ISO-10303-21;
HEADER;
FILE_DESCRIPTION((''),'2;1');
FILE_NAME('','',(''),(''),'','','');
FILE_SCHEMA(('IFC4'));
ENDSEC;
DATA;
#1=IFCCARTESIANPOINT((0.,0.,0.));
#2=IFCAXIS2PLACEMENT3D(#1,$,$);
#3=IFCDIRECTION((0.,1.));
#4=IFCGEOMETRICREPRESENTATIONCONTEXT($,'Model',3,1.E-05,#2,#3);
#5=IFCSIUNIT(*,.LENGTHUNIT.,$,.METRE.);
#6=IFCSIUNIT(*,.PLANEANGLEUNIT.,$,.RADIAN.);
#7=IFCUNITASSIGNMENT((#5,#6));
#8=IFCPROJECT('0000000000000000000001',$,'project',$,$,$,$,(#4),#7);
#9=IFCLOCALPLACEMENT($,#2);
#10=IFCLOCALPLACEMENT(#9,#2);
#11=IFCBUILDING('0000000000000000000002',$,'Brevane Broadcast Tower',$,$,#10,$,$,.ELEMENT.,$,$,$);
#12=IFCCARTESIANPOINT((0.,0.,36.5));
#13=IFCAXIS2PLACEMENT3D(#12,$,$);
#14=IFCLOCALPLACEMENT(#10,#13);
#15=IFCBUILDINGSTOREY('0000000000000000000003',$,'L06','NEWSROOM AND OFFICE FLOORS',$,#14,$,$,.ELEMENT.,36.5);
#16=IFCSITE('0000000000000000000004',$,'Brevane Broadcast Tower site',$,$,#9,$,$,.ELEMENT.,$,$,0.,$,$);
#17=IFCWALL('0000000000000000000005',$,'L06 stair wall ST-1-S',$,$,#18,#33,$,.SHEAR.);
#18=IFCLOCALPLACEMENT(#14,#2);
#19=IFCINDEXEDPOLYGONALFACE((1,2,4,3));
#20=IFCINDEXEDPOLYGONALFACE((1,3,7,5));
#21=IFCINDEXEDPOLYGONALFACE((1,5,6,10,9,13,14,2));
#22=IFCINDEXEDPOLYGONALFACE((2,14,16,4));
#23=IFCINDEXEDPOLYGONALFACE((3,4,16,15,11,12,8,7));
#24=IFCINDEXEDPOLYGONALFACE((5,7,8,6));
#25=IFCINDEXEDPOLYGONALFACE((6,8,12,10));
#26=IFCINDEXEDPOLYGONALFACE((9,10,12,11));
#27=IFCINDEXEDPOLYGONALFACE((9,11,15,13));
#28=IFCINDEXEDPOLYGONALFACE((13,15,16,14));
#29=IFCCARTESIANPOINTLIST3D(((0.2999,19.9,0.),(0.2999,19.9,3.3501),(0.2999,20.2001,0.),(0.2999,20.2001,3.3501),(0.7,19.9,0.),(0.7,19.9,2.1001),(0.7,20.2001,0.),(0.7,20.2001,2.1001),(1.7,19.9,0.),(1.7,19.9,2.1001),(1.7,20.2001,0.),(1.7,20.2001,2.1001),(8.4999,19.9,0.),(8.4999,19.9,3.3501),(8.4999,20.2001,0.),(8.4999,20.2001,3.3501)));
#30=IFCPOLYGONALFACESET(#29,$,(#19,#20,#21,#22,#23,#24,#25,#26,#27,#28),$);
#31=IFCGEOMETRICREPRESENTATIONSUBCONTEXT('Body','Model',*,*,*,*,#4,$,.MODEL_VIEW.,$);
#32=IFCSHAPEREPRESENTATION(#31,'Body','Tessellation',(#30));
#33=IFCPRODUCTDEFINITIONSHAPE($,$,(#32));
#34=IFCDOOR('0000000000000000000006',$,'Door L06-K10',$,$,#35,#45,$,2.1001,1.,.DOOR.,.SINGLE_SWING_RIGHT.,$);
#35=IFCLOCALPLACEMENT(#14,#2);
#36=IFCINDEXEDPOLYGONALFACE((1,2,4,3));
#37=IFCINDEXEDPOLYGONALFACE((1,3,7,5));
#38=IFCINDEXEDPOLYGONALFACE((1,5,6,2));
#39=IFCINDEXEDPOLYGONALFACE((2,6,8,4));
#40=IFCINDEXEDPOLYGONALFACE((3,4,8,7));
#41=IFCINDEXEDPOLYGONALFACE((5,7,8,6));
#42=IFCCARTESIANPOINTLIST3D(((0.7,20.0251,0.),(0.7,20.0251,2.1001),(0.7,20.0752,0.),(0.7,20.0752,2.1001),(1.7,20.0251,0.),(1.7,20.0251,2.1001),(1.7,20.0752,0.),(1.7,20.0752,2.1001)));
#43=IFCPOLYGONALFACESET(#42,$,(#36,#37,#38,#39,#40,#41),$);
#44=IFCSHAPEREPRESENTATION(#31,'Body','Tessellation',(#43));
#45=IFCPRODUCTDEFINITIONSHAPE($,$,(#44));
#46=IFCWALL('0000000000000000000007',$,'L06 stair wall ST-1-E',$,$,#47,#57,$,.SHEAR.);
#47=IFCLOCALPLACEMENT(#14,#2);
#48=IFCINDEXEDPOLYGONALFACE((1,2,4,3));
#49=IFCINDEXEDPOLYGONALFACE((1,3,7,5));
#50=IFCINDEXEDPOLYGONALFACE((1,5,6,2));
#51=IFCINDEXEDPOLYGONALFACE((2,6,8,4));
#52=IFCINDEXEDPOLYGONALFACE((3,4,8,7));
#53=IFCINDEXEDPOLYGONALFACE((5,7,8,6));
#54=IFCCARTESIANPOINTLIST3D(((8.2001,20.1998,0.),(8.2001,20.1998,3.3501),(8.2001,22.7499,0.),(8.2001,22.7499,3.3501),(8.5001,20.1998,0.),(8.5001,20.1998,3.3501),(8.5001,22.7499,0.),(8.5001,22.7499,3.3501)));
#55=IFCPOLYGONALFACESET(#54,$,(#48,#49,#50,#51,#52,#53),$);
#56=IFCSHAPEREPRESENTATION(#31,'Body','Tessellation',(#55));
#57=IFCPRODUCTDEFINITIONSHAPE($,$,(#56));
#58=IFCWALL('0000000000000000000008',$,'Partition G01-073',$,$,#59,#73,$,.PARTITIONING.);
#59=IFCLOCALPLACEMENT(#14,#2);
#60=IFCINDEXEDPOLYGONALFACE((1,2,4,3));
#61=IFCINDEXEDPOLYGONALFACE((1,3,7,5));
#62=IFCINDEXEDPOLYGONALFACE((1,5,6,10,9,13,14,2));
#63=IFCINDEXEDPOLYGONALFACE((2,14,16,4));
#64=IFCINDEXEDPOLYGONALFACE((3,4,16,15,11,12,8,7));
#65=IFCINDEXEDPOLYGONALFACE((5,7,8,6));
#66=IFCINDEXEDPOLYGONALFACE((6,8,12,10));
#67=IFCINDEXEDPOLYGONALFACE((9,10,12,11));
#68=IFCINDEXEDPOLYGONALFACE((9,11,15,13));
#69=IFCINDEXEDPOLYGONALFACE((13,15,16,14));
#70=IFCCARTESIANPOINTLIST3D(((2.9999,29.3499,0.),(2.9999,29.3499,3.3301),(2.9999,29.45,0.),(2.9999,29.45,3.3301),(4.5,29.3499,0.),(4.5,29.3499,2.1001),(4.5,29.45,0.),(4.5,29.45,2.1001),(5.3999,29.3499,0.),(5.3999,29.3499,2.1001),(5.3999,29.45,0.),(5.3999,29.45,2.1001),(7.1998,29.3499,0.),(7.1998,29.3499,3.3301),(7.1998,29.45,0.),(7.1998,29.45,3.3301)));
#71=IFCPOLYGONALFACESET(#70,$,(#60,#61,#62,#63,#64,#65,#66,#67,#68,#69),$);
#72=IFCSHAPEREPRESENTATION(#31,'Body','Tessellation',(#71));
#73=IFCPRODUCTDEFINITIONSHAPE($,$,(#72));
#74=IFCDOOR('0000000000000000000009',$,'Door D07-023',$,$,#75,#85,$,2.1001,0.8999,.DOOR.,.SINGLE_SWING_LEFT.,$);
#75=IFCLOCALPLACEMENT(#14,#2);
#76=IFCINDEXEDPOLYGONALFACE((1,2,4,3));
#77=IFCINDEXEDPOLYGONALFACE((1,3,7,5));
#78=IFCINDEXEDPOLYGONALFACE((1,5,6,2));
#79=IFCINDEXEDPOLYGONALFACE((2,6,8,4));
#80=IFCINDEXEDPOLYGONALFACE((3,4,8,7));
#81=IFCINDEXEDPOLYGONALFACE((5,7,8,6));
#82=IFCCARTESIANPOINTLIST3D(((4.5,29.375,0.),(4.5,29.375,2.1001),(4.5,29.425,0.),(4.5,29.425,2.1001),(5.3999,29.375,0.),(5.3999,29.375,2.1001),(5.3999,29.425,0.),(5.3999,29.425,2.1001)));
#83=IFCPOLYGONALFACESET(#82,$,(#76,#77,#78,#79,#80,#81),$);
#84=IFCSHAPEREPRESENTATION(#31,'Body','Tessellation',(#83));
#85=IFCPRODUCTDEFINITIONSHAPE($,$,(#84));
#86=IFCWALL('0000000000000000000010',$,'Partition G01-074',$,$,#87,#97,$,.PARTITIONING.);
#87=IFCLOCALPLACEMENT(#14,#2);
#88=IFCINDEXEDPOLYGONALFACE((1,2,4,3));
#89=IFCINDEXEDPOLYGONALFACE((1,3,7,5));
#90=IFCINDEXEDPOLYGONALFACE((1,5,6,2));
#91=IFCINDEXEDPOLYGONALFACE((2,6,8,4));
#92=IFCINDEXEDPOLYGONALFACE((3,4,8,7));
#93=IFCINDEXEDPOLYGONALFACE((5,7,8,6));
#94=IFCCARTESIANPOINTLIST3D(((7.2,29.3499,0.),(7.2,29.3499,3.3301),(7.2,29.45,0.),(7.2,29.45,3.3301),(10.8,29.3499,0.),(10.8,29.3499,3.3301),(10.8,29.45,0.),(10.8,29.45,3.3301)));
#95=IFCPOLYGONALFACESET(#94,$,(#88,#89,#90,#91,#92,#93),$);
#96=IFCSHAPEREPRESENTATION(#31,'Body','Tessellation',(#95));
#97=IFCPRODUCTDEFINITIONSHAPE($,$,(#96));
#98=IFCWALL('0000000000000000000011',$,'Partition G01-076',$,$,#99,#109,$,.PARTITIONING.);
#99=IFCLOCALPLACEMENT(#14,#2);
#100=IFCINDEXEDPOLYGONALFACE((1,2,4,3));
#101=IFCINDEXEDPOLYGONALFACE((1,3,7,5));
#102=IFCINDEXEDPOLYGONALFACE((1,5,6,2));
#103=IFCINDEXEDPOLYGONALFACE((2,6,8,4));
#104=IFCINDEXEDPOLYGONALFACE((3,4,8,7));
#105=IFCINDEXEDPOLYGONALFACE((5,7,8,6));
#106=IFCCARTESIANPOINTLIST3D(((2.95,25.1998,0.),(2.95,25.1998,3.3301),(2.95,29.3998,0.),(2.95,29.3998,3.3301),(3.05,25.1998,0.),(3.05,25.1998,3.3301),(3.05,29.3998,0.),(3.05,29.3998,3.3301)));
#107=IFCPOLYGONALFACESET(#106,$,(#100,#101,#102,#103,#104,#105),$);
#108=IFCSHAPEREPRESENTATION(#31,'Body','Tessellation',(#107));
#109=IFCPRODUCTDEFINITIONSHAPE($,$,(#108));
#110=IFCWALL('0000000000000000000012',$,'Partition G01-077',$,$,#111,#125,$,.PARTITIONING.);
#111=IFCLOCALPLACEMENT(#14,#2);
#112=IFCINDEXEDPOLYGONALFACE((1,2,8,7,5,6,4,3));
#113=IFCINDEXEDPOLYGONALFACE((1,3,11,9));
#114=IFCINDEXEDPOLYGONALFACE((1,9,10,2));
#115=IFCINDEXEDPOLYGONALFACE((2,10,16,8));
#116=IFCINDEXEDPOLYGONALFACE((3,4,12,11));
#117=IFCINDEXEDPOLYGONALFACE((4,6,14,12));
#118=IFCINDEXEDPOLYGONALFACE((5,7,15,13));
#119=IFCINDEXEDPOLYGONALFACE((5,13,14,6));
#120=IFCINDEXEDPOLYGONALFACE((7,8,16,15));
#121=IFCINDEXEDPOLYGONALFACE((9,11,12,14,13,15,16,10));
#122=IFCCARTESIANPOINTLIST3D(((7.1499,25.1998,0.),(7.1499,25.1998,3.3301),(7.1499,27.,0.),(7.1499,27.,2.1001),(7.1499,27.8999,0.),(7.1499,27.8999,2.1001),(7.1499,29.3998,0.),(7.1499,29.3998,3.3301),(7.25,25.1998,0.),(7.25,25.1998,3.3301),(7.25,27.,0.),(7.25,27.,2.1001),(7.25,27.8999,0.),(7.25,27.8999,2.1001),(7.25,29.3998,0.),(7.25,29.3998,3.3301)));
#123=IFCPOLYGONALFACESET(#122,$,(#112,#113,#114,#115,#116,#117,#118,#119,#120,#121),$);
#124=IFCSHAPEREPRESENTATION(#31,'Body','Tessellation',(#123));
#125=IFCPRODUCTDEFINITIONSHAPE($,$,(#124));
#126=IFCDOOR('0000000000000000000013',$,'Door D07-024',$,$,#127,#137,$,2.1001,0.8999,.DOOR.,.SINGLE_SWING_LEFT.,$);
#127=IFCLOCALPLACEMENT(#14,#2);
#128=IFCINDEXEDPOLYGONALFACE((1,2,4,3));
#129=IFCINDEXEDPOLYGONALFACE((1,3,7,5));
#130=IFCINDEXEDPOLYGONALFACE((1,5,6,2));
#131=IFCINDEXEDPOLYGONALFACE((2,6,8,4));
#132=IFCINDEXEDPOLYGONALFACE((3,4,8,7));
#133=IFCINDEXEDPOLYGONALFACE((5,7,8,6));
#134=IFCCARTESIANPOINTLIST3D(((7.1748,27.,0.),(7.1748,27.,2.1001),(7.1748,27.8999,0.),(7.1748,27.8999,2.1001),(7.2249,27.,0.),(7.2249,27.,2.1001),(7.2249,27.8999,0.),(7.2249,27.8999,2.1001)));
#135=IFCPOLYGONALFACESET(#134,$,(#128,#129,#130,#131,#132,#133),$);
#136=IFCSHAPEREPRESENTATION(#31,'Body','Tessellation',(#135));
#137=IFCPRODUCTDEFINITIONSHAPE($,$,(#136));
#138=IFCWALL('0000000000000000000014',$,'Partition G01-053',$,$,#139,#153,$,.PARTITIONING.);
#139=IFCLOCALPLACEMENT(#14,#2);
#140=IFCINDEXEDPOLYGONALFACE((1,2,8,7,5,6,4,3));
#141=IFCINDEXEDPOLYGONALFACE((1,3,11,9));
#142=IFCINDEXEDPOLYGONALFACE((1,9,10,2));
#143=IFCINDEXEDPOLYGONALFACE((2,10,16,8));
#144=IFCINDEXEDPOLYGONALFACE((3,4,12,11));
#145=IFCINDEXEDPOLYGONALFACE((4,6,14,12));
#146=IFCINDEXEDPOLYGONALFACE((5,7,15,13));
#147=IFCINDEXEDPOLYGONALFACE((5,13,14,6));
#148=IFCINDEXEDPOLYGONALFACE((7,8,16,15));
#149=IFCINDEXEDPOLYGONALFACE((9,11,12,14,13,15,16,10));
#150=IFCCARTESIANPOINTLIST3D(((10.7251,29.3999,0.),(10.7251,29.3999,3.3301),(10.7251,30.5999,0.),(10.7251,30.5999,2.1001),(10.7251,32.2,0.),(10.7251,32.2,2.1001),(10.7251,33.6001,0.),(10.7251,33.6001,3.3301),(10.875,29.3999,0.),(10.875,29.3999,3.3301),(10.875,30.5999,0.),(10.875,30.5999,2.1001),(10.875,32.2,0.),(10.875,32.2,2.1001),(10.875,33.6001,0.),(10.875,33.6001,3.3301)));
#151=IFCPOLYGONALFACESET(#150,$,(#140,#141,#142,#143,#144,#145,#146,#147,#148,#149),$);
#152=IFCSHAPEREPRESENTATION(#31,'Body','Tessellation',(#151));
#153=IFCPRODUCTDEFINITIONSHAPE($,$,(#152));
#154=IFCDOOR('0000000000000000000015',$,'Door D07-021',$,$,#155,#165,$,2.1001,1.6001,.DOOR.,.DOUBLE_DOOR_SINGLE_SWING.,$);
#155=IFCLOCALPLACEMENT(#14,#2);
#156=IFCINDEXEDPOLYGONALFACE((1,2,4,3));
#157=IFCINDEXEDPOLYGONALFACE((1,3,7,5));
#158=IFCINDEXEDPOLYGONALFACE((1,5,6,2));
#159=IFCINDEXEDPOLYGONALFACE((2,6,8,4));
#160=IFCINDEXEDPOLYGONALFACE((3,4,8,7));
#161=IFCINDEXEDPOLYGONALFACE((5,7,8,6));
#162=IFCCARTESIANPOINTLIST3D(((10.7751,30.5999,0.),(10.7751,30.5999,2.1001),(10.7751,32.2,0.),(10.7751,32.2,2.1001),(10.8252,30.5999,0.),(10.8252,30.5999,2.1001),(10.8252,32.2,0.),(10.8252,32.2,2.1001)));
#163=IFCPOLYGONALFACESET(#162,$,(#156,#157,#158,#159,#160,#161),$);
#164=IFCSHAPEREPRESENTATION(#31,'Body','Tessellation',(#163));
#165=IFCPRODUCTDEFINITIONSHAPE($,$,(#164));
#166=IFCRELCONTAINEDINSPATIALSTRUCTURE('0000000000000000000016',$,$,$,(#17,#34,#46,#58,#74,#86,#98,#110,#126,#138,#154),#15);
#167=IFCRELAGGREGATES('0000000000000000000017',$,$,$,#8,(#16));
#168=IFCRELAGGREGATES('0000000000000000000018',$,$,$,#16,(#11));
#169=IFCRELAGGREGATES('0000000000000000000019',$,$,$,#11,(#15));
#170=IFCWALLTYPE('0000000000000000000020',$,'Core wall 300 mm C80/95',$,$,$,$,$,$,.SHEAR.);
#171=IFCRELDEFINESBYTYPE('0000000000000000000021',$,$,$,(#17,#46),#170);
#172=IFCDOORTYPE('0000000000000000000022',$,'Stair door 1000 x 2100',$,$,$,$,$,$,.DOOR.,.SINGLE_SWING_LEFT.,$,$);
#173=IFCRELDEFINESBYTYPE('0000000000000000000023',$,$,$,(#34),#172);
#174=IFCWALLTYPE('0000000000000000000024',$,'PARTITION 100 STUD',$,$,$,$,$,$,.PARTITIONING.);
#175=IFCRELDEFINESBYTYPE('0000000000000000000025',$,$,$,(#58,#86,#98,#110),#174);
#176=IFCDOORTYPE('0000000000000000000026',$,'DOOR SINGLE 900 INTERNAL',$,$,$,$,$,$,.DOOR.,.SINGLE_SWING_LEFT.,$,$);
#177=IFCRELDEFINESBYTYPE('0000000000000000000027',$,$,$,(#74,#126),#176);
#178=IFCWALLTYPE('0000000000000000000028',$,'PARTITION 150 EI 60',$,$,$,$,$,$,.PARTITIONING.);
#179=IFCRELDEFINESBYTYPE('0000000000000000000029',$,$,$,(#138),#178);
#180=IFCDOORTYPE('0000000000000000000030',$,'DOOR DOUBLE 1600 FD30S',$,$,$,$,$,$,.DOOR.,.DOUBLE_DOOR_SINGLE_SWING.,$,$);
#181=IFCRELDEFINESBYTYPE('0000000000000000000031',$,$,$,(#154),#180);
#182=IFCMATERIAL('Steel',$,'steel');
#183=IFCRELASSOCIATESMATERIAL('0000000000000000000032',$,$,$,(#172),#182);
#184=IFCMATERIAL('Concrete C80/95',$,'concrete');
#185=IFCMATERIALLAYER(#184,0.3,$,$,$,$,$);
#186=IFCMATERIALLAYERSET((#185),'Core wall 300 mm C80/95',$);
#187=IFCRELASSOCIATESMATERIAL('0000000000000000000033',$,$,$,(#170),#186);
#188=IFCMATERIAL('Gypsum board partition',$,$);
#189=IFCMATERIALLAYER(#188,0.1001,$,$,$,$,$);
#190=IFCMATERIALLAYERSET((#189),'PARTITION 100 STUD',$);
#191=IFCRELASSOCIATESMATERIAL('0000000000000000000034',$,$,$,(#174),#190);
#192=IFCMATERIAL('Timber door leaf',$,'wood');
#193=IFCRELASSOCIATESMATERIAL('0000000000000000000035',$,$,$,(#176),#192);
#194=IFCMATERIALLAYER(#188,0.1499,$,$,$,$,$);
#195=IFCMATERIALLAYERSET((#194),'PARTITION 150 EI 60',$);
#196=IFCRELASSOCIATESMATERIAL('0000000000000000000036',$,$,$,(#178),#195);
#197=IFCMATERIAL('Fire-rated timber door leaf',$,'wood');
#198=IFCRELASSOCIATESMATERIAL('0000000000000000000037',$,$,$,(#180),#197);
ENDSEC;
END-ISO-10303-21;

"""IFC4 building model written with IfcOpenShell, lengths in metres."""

from ifc_helpers import new_model, si_unit, direction, frame, frame_2d, origin, place, context, subcontext, project, spatial, rectangle, extrude, material, layer, layer_set, type_object, element, fill, save


model = new_model("IFC4")

# Units and contexts
model_context = context("Model", 3, precision=1e-05, world=origin(), true_north=direction((0.0, 1.0)))
body_context = subcontext(model_context, "Body", "Model", "MODEL_VIEW")
ifc_project = project(units=[si_unit("LENGTHUNIT", "METRE"), si_unit("PLANEANGLEUNIT", "RADIAN")], contexts=[model_context])

# Site, building, storey
site_placement = place(None, origin())
site = spatial("IfcSite", under=ifc_project, at=site_placement, Name="Brevane Broadcast Tower site", CompositionType="ELEMENT", RefElevation=0.0)
building_placement = place(site_placement, origin())
building = spatial("IfcBuilding", under=site, at=building_placement, Name="Brevane Broadcast Tower", CompositionType="ELEMENT")
storey_placement = place(building_placement, frame((0.0, 0.0, 36.5)))
storey = spatial("IfcBuildingStorey", under=building, at=storey_placement, Name="L06", Description="NEWSROOM AND OFFICE FLOORS", CompositionType="ELEMENT", Elevation=36.5)

# Shared definitions
ifc_material_1 = material(Name="Concrete C80/95", Category="concrete")

# Wall, opening, door
ifc_material_2 = material(Name="Steel", Category="steel")
door_type_1 = type_object("IfcDoorType", Name="Stair door 1000 x 2100", OperationType="SINGLE_SWING_LEFT", PredefinedType="DOOR", material=ifc_material_2)
ifc_layer_1 = layer(ifc_material_1, 0.3)
ifc_layer_set_1 = layer_set([ifc_layer_1], Name="Core wall 300 mm C80/95")
wall_type_1 = type_object("IfcWallType", Name="Core wall 300 mm C80/95", PredefinedType="SHEAR", material=ifc_layer_set_1)
wall_1_placement = place(storey_placement, frame((8.5, 20.05, 0.0), z_axis=(0.0, 0.0, 1.0), x_axis=(-1.0, 0.0, 0.0)))
wall_1 = element("IfcWall", 1, at=wall_1_placement, inside=storey, type_object=wall_type_1, Name="L06 stair wall ST-1-S", PredefinedType="SHEAR", context=body_context, shape_type="SweptSolid", body=[
    extrude(rectangle(XDim=8.2, YDim=0.3, at=frame_2d((4.1001, 0.0))), origin(), (0.0, 0.0, 1.0), 3.3501),
])
opening_1_placement = place(wall_1_placement, frame((6.8, 0.0, 0.0)))
opening_1 = element("IfcOpeningElement", 2, at=opening_1_placement, cuts=wall_1, PredefinedType="OPENING", context=body_context, shape_type="SweptSolid", body=[
    extrude(rectangle(XDim=1.0, YDim=2.1001, at=frame_2d((0.5, 1.05))), frame((0.0, 0.1599, 0.0), z_axis=(0.0, -1.0, 0.0), x_axis=(1.0, 0.0, 0.0)), (0.0, 0.0, 1.0), 0.3201),
])
door_1_placement = place(opening_1_placement, origin())
door_1 = element("IfcDoor", 3, at=door_1_placement, inside=storey, type_object=door_type_1, Name="Door L06-K10", OperationType="SINGLE_SWING_RIGHT", OverallHeight=2.1001, OverallWidth=1.0, PredefinedType="DOOR", context=body_context, shape_type="SweptSolid", body=[
    extrude(rectangle(XDim=1.0, YDim=2.1001, at=frame_2d((0.5, 1.05))), frame((0.0, 0.0249, 0.0), z_axis=(0.0, -1.0, 0.0), x_axis=(1.0, 0.0, 0.0)), (0.0, 0.0, 1.0), 0.05),
])
fill(opening_1, door_1)

# Wall
wall_2_placement = place(storey_placement, frame((8.3501, 20.2, 0.0), z_axis=(0.0, 0.0, 1.0), x_axis=(0.0, 1.0, 0.0)))
element("IfcWall", 4, at=wall_2_placement, inside=storey, type_object=wall_type_1, Name="L06 stair wall ST-1-E", PredefinedType="SHEAR", context=body_context, shape_type="SweptSolid", body=[
    extrude(rectangle(XDim=2.55, YDim=0.3, at=frame_2d((1.2749, 0.0))), origin(), (0.0, 0.0, 1.0), 3.3501),
])

# Wall, opening, door
ifc_material_3 = material(Name="Gypsum board partition")
ifc_layer_2 = layer(ifc_material_3, 0.1001)
ifc_layer_set_2 = layer_set([ifc_layer_2], Name="PARTITION 100 STUD")
wall_type_2 = type_object("IfcWallType", Name="PARTITION 100 STUD", PredefinedType="PARTITIONING", material=ifc_layer_set_2)
wall_3_placement = place(storey_placement, frame((7.2, 29.3999, 0.0), z_axis=(0.0, 0.0, 1.0), x_axis=(-1.0, 0.0, 0.0)))
wall_3 = element("IfcWall", 5, at=wall_3_placement, inside=storey, type_object=wall_type_2, Name="Partition G01-073", PredefinedType="PARTITIONING", context=body_context, shape_type="SweptSolid", body=[
    extrude(rectangle(XDim=4.2, YDim=0.1001, at=frame_2d((2.1001, 0.0))), origin(), (0.0, 0.0, 1.0), 3.3301),
])
opening_2_placement = place(wall_3_placement, frame((1.8, 0.0, 0.0)))
opening_2 = element("IfcOpeningElement", 6, at=opening_2_placement, cuts=wall_3, PredefinedType="OPENING", context=body_context, shape_type="SweptSolid", body=[
    extrude(rectangle(XDim=0.8999, YDim=2.1001, at=frame_2d((0.45, 1.05))), frame((0.0, 0.0601, 0.0), z_axis=(0.0, -1.0, 0.0), x_axis=(1.0, 0.0, 0.0)), (0.0, 0.0, 1.0), 0.1201),
])
ifc_material_4 = material(Name="Timber door leaf", Category="wood")
door_type_2 = type_object("IfcDoorType", Name="DOOR SINGLE 900 INTERNAL", OperationType="SINGLE_SWING_LEFT", PredefinedType="DOOR", material=ifc_material_4)
door_2_placement = place(opening_2_placement, origin())
door_2 = element("IfcDoor", 7, at=door_2_placement, inside=storey, type_object=door_type_2, Name="Door D07-023", OperationType="SINGLE_SWING_LEFT", OverallHeight=2.1001, OverallWidth=0.8999, PredefinedType="DOOR", context=body_context, shape_type="SweptSolid", body=[
    extrude(rectangle(XDim=0.8999, YDim=2.1001, at=frame_2d((0.45, 1.05))), frame((0.0, 0.0249, 0.0), z_axis=(0.0, -1.0, 0.0), x_axis=(1.0, 0.0, 0.0)), (0.0, 0.0, 1.0), 0.05),
])
fill(opening_2, door_2)

# Walls
wall_4_placement = place(storey_placement, frame((10.8, 29.3999, 0.0), z_axis=(0.0, 0.0, 1.0), x_axis=(-1.0, 0.0, 0.0)))
element("IfcWall", 8, at=wall_4_placement, inside=storey, type_object=wall_type_2, Name="Partition G01-074", PredefinedType="PARTITIONING", context=body_context, shape_type="SweptSolid", body=[
    extrude(rectangle(XDim=3.6001, YDim=0.1001, at=frame_2d((1.8, 0.0))), origin(), (0.0, 0.0, 1.0), 3.3301),
])
wall_5_placement = place(storey_placement, frame((3.0, 29.3999, 0.0), z_axis=(0.0, 0.0, 1.0), x_axis=(0.0, -1.0, 0.0)))
element("IfcWall", 9, at=wall_5_placement, inside=storey, type_object=wall_type_2, Name="Partition G01-076", PredefinedType="PARTITIONING", context=body_context, shape_type="SweptSolid", body=[
    extrude(rectangle(XDim=4.2, YDim=0.1001, at=frame_2d((2.1001, 0.0))), origin(), (0.0, 0.0, 1.0), 3.3301),
])

# Walls, openings, doors
wall_6_placement = place(storey_placement, frame((7.2, 29.3999, 0.0), z_axis=(0.0, 0.0, 1.0), x_axis=(0.0, -1.0, 0.0)))
wall_6 = element("IfcWall", 10, at=wall_6_placement, inside=storey, type_object=wall_type_2, Name="Partition G01-077", PredefinedType="PARTITIONING", context=body_context, shape_type="SweptSolid", body=[
    extrude(rectangle(XDim=4.2, YDim=0.1001, at=frame_2d((2.1001, 0.0))), origin(), (0.0, 0.0, 1.0), 3.3301),
])
opening_3_placement = place(wall_6_placement, frame((1.5, 0.0, 0.0)))
opening_3 = element("IfcOpeningElement", 11, at=opening_3_placement, cuts=wall_6, PredefinedType="OPENING", context=body_context, shape_type="SweptSolid", body=[
    extrude(rectangle(XDim=0.8999, YDim=2.1001, at=frame_2d((0.45, 1.05))), frame((0.0, 0.0601, 0.0), z_axis=(0.0, -1.0, 0.0), x_axis=(1.0, 0.0, 0.0)), (0.0, 0.0, 1.0), 0.1201),
])
door_3_placement = place(opening_3_placement, origin())
door_3 = element("IfcDoor", 12, at=door_3_placement, inside=storey, type_object=door_type_2, Name="Door D07-024", OperationType="SINGLE_SWING_LEFT", OverallHeight=2.1001, OverallWidth=0.8999, PredefinedType="DOOR", context=body_context, shape_type="SweptSolid", body=[
    extrude(rectangle(XDim=0.8999, YDim=2.1001, at=frame_2d((0.45, 1.05))), frame((0.0, 0.0249, 0.0), z_axis=(0.0, -1.0, 0.0), x_axis=(1.0, 0.0, 0.0)), (0.0, 0.0, 1.0), 0.05),
])
fill(opening_3, door_3)
ifc_layer_3 = layer(ifc_material_3, 0.1499)
ifc_layer_set_3 = layer_set([ifc_layer_3], Name="PARTITION 150 EI 60")
wall_type_3 = type_object("IfcWallType", Name="PARTITION 150 EI 60", PredefinedType="PARTITIONING", material=ifc_layer_set_3)
wall_7_placement = place(storey_placement, frame((10.8, 29.3999, 0.0), z_axis=(0.0, 0.0, 1.0), x_axis=(0.0, 1.0, 0.0)))
wall_7 = element("IfcWall", 13, at=wall_7_placement, inside=storey, type_object=wall_type_3, Name="Partition G01-053", PredefinedType="PARTITIONING", context=body_context, shape_type="SweptSolid", body=[
    extrude(rectangle(XDim=4.2002, YDim=0.1499, at=frame_2d((2.1001, 0.0))), origin(), (0.0, 0.0, 1.0), 3.3301),
])
opening_4_placement = place(wall_7_placement, frame((1.2, 0.0, 0.0)))
opening_4 = element("IfcOpeningElement", 14, at=opening_4_placement, cuts=wall_7, PredefinedType="OPENING", context=body_context, shape_type="SweptSolid", body=[
    extrude(rectangle(XDim=1.6001, YDim=2.1001, at=frame_2d((0.8, 1.05))), frame((0.0, 0.085, 0.0), z_axis=(0.0, -1.0, 0.0), x_axis=(1.0, 0.0, 0.0)), (0.0, 0.0, 1.0), 0.1699),
])
ifc_material_5 = material(Name="Fire-rated timber door leaf", Category="wood")
door_type_3 = type_object("IfcDoorType", Name="DOOR DOUBLE 1600 FD30S", OperationType="DOUBLE_DOOR_SINGLE_SWING", PredefinedType="DOOR", material=ifc_material_5)
door_4_placement = place(opening_4_placement, origin())
door_4 = element("IfcDoor", 15, at=door_4_placement, inside=storey, type_object=door_type_3, Name="Door D07-021", OperationType="DOUBLE_DOOR_SINGLE_SWING", OverallHeight=2.1001, OverallWidth=1.6001, PredefinedType="DOOR", context=body_context, shape_type="SweptSolid", body=[
    extrude(rectangle(XDim=1.6001, YDim=2.1001, at=frame_2d((0.8, 1.05))), frame((0.0, 0.0249, 0.0), z_axis=(0.0, -1.0, 0.0), x_axis=(1.0, 0.0, 0.0)), (0.0, 0.0, 1.0), 0.05),
])
fill(opening_4, door_4)

save(model, "model.ifc")
